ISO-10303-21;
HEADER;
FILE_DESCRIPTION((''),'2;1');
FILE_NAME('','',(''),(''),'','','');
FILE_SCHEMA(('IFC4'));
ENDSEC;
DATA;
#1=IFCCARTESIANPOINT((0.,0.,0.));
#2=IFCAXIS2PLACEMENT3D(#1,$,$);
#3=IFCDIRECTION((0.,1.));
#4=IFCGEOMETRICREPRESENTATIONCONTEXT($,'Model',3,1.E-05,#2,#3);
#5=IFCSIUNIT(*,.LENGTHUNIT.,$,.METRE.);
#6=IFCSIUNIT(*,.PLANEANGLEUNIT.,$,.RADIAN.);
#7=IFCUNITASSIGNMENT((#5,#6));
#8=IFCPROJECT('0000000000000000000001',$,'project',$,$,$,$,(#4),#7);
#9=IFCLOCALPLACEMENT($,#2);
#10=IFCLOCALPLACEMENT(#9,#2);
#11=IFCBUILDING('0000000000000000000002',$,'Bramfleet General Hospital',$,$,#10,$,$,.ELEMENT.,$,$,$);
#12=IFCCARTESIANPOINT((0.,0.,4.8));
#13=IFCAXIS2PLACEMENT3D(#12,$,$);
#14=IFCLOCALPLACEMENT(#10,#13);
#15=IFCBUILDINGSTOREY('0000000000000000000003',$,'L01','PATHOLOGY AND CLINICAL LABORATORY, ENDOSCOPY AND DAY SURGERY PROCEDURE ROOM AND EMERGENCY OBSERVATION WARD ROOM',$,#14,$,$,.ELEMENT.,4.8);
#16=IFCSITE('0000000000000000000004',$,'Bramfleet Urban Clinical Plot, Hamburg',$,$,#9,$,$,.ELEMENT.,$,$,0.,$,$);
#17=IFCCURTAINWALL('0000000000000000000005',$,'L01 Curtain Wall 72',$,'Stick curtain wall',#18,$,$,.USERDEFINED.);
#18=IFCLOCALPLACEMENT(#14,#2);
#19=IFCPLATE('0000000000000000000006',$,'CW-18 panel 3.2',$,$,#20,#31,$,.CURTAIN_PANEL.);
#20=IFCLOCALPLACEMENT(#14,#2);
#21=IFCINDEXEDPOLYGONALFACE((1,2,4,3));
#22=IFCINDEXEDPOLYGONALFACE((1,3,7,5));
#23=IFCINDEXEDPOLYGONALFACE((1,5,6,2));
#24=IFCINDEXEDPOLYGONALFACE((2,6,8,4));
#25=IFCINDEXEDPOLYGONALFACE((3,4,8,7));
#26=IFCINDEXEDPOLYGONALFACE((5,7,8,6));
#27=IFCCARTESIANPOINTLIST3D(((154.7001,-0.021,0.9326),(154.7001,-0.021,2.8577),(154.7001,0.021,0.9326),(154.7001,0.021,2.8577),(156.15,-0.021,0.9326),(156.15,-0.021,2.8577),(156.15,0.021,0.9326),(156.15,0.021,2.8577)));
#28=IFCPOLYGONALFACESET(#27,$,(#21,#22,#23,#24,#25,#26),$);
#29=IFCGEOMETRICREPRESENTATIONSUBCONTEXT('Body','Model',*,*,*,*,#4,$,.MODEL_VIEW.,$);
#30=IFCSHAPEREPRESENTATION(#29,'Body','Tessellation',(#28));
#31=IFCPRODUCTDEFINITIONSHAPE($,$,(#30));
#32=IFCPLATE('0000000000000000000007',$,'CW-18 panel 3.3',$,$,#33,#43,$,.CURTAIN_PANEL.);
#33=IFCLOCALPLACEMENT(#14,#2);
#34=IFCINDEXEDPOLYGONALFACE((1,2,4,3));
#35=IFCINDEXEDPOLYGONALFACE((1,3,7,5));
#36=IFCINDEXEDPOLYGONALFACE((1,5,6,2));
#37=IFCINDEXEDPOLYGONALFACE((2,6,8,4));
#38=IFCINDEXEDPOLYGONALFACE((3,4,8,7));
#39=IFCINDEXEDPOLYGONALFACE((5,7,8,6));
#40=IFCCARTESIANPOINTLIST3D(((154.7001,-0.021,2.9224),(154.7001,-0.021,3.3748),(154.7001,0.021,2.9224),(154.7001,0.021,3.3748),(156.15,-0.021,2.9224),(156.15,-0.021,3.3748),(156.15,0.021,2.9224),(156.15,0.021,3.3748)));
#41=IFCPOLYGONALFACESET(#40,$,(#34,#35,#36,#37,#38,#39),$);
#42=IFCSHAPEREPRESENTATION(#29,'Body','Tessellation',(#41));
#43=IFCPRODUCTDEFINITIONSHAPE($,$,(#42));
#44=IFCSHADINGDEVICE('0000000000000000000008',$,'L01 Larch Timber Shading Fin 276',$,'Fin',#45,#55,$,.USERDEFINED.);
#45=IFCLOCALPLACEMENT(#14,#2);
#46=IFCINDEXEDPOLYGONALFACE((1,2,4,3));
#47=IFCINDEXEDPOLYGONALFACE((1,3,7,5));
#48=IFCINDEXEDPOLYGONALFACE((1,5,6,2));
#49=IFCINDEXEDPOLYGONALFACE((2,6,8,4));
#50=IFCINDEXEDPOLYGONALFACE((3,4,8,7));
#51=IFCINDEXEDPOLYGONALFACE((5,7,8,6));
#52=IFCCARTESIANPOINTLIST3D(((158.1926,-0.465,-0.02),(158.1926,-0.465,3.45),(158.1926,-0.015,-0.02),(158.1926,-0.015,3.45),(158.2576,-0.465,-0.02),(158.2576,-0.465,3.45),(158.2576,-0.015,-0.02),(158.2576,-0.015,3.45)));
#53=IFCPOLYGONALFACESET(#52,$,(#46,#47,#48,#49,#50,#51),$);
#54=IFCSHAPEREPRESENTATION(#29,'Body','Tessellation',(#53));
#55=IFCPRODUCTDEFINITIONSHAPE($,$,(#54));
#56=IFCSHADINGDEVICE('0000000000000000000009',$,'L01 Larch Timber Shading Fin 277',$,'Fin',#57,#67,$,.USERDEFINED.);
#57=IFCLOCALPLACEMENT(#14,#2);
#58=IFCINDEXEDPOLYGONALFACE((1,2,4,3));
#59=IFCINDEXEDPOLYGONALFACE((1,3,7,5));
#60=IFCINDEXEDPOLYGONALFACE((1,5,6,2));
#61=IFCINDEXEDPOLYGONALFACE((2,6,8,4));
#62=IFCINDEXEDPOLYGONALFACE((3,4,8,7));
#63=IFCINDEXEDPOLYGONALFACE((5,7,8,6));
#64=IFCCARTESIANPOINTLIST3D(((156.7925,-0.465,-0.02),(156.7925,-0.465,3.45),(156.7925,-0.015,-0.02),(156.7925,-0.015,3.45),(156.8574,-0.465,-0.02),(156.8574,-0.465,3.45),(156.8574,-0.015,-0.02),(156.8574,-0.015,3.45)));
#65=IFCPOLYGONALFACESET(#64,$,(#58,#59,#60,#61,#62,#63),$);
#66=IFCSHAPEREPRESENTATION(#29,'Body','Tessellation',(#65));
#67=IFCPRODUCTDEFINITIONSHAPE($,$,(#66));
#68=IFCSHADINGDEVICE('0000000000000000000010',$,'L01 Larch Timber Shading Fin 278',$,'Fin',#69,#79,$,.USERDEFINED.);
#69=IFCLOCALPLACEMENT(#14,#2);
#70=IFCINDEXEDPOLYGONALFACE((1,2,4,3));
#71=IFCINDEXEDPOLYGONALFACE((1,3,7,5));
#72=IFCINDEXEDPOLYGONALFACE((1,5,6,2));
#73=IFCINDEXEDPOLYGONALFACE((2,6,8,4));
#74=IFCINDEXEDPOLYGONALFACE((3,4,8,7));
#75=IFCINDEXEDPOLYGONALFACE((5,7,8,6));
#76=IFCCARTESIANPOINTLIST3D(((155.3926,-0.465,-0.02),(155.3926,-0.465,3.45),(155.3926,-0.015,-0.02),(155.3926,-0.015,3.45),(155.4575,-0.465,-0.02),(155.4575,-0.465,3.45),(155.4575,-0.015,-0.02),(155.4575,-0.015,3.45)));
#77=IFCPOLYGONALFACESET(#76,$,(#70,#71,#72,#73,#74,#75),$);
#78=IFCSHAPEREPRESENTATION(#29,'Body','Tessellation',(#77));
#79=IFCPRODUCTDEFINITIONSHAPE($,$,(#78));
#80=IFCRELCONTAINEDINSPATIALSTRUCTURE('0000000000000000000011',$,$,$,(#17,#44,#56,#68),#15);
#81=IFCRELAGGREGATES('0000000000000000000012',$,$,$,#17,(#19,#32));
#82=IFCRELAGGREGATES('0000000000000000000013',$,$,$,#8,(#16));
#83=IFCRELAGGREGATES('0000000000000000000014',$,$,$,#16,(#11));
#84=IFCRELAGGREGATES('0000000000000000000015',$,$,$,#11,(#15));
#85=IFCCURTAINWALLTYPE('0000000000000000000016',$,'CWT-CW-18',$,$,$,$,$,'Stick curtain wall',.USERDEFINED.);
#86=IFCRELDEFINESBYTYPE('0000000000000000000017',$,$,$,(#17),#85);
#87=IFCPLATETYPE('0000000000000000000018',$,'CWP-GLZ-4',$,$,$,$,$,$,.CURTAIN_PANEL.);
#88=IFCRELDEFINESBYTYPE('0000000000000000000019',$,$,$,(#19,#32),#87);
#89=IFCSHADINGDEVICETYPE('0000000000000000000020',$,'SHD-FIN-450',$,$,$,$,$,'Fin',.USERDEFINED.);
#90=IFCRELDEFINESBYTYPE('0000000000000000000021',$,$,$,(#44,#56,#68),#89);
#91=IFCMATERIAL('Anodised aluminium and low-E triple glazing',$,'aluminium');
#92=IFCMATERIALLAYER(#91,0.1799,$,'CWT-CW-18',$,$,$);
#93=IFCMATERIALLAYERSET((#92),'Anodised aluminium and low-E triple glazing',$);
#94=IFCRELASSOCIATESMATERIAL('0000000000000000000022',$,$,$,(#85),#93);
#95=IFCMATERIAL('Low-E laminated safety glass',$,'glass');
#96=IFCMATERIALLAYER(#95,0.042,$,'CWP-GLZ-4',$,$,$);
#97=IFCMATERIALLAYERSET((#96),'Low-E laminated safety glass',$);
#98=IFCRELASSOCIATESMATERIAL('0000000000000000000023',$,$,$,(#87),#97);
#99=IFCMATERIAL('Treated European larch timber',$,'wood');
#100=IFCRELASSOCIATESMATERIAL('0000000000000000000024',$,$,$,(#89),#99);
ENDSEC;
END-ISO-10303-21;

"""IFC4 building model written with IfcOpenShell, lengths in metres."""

from ifc_helpers import new_model, si_unit, direction, frame, origin, origin_2d, place, context, subcontext, project, spatial, rectangle, extrude, material, layer, layer_set, material_profile, profile_set, type_object, element, aggregate, save


model = new_model("IFC4")

# Units and contexts
model_context = context("Model", 3, precision=1e-05, world=origin(), true_north=direction((0.0, 1.0)))
body_context = subcontext(model_context, "Body", "Model", "MODEL_VIEW")
ifc_project = project(units=[si_unit("LENGTHUNIT", "METRE"), si_unit("PLANEANGLEUNIT", "RADIAN")], contexts=[model_context])

# Site, building, storey
site_placement = place(None, origin())
site = spatial("IfcSite", under=ifc_project, at=site_placement, Name="Bramfleet Urban Clinical Plot, Hamburg", CompositionType="ELEMENT", RefElevation=0.0)
building_placement = place(site_placement, origin())
building = spatial("IfcBuilding", under=site, at=building_placement, Name="Bramfleet General Hospital", CompositionType="ELEMENT")
storey_placement = place(building_placement, frame((0.0, 0.0, 4.8)))
storey = spatial("IfcBuildingStorey", under=building, at=storey_placement, Name="L01", Description="PATHOLOGY AND CLINICAL LABORATORY, ENDOSCOPY AND DAY SURGERY PROCEDURE ROOM AND EMERGENCY OBSERVATION WARD ROOM", CompositionType="ELEMENT", Elevation=4.8)

# Curtain wall, plates
ifc_material_1 = material(Name="Anodised aluminium and low-E triple glazing", Category="aluminium")
ifc_layer_1 = layer(ifc_material_1, 0.1799, Name="CWT-CW-18")
ifc_layer_set_1 = layer_set([ifc_layer_1], Name="Anodised aluminium and low-E triple glazing")
curtain_wall_type = type_object("IfcCurtainWallType", Name="CWT-CW-18", ElementType="Stick curtain wall", PredefinedType="USERDEFINED", material=ifc_layer_set_1)
curtain_wall_placement = place(storey_placement, origin())
curtain_wall = element("IfcCurtainWall", 1, at=curtain_wall_placement, inside=storey, type_object=curtain_wall_type, Name="L01 Curtain Wall 72", ObjectType="Stick curtain wall", PredefinedType="USERDEFINED")
ifc_material_2 = material(Name="Low-E laminated safety glass", Category="glass")
ifc_layer_2 = layer(ifc_material_2, 0.042, Name="CWP-GLZ-4")
ifc_layer_set_2 = layer_set([ifc_layer_2], Name="Low-E laminated safety glass")
plate_type = type_object("IfcPlateType", Name="CWP-GLZ-4", PredefinedType="CURTAIN_PANEL", material=ifc_layer_set_2)
plate_1_placement = place(storey_placement, frame((155.425, 0.0, 0.9326), z_axis=(0.0, 0.0, 1.0), x_axis=(-1.0, 0.0, 0.0)))
plate_1 = element("IfcPlate", 2, at=plate_1_placement, type_object=plate_type, Name="CW-18 panel 3.2", PredefinedType="CURTAIN_PANEL", context=body_context, shape_type="SweptSolid", body=[
    extrude(rectangle(XDim=1.45, YDim=0.042, at=origin_2d()), origin(), (0.0, 0.0, 1.0), 1.925),
])
plate_2_placement = place(storey_placement, frame((155.425, 0.0, 2.9224), z_axis=(0.0, 0.0, 1.0), x_axis=(-1.0, 0.0, 0.0)))
plate_2 = element("IfcPlate", 3, at=plate_2_placement, type_object=plate_type, Name="CW-18 panel 3.3", PredefinedType="CURTAIN_PANEL", context=body_context, shape_type="SweptSolid", body=[
    extrude(rectangle(XDim=1.45, YDim=0.042, at=origin_2d()), origin(), (0.0, 0.0, 1.0), 0.4524),
])
aggregate(curtain_wall, [plate_1, plate_2])

# Shading devices
ifc_material_3 = material(Name="Treated European larch timber", Category="wood")
ifc_material_profile_1 = material_profile(ifc_material_3, rectangle(XDim=0.0649, YDim=0.45, at=origin_2d()), Name="LARCH FIN 450x65")
ifc_profile_set_1 = profile_set([ifc_material_profile_1], Name="Treated European larch timber")
shading_device_type = type_object("IfcShadingDeviceType", Name="SHD-FIN-450", ElementType="Fin", PredefinedType="USERDEFINED", material=ifc_profile_set_1)
for number, where, z_axis, x_axis, name in (
    (4, (158.2251, -0.24, -0.02), (0.0, 0.0, 1.0), (-1.0, 0.0, 0.0), "L01 Larch Timber Shading Fin 276"),
    (5, (156.825, -0.24, -0.02), (0.0, 0.0, 1.0), (-1.0, 0.0, 0.0), "L01 Larch Timber Shading Fin 277"),
    (6, (155.425, -0.24, -0.02), (0.0, 0.0, 1.0), (-1.0, 0.0, 0.0), "L01 Larch Timber Shading Fin 278"),
):
    element("IfcShadingDevice", number, at=place(storey_placement, frame(where, z_axis=z_axis, x_axis=x_axis)), inside=storey, type_object=shading_device_type, Name=name, ObjectType="Fin", PredefinedType="USERDEFINED", context=body_context, shape_type="SweptSolid", body=[
        extrude(rectangle(XDim=0.0649, YDim=0.45, at=origin_2d()), origin(), (0.0, 0.0, 1.0), 3.47),
    ])

save(model, "model.ifc")
